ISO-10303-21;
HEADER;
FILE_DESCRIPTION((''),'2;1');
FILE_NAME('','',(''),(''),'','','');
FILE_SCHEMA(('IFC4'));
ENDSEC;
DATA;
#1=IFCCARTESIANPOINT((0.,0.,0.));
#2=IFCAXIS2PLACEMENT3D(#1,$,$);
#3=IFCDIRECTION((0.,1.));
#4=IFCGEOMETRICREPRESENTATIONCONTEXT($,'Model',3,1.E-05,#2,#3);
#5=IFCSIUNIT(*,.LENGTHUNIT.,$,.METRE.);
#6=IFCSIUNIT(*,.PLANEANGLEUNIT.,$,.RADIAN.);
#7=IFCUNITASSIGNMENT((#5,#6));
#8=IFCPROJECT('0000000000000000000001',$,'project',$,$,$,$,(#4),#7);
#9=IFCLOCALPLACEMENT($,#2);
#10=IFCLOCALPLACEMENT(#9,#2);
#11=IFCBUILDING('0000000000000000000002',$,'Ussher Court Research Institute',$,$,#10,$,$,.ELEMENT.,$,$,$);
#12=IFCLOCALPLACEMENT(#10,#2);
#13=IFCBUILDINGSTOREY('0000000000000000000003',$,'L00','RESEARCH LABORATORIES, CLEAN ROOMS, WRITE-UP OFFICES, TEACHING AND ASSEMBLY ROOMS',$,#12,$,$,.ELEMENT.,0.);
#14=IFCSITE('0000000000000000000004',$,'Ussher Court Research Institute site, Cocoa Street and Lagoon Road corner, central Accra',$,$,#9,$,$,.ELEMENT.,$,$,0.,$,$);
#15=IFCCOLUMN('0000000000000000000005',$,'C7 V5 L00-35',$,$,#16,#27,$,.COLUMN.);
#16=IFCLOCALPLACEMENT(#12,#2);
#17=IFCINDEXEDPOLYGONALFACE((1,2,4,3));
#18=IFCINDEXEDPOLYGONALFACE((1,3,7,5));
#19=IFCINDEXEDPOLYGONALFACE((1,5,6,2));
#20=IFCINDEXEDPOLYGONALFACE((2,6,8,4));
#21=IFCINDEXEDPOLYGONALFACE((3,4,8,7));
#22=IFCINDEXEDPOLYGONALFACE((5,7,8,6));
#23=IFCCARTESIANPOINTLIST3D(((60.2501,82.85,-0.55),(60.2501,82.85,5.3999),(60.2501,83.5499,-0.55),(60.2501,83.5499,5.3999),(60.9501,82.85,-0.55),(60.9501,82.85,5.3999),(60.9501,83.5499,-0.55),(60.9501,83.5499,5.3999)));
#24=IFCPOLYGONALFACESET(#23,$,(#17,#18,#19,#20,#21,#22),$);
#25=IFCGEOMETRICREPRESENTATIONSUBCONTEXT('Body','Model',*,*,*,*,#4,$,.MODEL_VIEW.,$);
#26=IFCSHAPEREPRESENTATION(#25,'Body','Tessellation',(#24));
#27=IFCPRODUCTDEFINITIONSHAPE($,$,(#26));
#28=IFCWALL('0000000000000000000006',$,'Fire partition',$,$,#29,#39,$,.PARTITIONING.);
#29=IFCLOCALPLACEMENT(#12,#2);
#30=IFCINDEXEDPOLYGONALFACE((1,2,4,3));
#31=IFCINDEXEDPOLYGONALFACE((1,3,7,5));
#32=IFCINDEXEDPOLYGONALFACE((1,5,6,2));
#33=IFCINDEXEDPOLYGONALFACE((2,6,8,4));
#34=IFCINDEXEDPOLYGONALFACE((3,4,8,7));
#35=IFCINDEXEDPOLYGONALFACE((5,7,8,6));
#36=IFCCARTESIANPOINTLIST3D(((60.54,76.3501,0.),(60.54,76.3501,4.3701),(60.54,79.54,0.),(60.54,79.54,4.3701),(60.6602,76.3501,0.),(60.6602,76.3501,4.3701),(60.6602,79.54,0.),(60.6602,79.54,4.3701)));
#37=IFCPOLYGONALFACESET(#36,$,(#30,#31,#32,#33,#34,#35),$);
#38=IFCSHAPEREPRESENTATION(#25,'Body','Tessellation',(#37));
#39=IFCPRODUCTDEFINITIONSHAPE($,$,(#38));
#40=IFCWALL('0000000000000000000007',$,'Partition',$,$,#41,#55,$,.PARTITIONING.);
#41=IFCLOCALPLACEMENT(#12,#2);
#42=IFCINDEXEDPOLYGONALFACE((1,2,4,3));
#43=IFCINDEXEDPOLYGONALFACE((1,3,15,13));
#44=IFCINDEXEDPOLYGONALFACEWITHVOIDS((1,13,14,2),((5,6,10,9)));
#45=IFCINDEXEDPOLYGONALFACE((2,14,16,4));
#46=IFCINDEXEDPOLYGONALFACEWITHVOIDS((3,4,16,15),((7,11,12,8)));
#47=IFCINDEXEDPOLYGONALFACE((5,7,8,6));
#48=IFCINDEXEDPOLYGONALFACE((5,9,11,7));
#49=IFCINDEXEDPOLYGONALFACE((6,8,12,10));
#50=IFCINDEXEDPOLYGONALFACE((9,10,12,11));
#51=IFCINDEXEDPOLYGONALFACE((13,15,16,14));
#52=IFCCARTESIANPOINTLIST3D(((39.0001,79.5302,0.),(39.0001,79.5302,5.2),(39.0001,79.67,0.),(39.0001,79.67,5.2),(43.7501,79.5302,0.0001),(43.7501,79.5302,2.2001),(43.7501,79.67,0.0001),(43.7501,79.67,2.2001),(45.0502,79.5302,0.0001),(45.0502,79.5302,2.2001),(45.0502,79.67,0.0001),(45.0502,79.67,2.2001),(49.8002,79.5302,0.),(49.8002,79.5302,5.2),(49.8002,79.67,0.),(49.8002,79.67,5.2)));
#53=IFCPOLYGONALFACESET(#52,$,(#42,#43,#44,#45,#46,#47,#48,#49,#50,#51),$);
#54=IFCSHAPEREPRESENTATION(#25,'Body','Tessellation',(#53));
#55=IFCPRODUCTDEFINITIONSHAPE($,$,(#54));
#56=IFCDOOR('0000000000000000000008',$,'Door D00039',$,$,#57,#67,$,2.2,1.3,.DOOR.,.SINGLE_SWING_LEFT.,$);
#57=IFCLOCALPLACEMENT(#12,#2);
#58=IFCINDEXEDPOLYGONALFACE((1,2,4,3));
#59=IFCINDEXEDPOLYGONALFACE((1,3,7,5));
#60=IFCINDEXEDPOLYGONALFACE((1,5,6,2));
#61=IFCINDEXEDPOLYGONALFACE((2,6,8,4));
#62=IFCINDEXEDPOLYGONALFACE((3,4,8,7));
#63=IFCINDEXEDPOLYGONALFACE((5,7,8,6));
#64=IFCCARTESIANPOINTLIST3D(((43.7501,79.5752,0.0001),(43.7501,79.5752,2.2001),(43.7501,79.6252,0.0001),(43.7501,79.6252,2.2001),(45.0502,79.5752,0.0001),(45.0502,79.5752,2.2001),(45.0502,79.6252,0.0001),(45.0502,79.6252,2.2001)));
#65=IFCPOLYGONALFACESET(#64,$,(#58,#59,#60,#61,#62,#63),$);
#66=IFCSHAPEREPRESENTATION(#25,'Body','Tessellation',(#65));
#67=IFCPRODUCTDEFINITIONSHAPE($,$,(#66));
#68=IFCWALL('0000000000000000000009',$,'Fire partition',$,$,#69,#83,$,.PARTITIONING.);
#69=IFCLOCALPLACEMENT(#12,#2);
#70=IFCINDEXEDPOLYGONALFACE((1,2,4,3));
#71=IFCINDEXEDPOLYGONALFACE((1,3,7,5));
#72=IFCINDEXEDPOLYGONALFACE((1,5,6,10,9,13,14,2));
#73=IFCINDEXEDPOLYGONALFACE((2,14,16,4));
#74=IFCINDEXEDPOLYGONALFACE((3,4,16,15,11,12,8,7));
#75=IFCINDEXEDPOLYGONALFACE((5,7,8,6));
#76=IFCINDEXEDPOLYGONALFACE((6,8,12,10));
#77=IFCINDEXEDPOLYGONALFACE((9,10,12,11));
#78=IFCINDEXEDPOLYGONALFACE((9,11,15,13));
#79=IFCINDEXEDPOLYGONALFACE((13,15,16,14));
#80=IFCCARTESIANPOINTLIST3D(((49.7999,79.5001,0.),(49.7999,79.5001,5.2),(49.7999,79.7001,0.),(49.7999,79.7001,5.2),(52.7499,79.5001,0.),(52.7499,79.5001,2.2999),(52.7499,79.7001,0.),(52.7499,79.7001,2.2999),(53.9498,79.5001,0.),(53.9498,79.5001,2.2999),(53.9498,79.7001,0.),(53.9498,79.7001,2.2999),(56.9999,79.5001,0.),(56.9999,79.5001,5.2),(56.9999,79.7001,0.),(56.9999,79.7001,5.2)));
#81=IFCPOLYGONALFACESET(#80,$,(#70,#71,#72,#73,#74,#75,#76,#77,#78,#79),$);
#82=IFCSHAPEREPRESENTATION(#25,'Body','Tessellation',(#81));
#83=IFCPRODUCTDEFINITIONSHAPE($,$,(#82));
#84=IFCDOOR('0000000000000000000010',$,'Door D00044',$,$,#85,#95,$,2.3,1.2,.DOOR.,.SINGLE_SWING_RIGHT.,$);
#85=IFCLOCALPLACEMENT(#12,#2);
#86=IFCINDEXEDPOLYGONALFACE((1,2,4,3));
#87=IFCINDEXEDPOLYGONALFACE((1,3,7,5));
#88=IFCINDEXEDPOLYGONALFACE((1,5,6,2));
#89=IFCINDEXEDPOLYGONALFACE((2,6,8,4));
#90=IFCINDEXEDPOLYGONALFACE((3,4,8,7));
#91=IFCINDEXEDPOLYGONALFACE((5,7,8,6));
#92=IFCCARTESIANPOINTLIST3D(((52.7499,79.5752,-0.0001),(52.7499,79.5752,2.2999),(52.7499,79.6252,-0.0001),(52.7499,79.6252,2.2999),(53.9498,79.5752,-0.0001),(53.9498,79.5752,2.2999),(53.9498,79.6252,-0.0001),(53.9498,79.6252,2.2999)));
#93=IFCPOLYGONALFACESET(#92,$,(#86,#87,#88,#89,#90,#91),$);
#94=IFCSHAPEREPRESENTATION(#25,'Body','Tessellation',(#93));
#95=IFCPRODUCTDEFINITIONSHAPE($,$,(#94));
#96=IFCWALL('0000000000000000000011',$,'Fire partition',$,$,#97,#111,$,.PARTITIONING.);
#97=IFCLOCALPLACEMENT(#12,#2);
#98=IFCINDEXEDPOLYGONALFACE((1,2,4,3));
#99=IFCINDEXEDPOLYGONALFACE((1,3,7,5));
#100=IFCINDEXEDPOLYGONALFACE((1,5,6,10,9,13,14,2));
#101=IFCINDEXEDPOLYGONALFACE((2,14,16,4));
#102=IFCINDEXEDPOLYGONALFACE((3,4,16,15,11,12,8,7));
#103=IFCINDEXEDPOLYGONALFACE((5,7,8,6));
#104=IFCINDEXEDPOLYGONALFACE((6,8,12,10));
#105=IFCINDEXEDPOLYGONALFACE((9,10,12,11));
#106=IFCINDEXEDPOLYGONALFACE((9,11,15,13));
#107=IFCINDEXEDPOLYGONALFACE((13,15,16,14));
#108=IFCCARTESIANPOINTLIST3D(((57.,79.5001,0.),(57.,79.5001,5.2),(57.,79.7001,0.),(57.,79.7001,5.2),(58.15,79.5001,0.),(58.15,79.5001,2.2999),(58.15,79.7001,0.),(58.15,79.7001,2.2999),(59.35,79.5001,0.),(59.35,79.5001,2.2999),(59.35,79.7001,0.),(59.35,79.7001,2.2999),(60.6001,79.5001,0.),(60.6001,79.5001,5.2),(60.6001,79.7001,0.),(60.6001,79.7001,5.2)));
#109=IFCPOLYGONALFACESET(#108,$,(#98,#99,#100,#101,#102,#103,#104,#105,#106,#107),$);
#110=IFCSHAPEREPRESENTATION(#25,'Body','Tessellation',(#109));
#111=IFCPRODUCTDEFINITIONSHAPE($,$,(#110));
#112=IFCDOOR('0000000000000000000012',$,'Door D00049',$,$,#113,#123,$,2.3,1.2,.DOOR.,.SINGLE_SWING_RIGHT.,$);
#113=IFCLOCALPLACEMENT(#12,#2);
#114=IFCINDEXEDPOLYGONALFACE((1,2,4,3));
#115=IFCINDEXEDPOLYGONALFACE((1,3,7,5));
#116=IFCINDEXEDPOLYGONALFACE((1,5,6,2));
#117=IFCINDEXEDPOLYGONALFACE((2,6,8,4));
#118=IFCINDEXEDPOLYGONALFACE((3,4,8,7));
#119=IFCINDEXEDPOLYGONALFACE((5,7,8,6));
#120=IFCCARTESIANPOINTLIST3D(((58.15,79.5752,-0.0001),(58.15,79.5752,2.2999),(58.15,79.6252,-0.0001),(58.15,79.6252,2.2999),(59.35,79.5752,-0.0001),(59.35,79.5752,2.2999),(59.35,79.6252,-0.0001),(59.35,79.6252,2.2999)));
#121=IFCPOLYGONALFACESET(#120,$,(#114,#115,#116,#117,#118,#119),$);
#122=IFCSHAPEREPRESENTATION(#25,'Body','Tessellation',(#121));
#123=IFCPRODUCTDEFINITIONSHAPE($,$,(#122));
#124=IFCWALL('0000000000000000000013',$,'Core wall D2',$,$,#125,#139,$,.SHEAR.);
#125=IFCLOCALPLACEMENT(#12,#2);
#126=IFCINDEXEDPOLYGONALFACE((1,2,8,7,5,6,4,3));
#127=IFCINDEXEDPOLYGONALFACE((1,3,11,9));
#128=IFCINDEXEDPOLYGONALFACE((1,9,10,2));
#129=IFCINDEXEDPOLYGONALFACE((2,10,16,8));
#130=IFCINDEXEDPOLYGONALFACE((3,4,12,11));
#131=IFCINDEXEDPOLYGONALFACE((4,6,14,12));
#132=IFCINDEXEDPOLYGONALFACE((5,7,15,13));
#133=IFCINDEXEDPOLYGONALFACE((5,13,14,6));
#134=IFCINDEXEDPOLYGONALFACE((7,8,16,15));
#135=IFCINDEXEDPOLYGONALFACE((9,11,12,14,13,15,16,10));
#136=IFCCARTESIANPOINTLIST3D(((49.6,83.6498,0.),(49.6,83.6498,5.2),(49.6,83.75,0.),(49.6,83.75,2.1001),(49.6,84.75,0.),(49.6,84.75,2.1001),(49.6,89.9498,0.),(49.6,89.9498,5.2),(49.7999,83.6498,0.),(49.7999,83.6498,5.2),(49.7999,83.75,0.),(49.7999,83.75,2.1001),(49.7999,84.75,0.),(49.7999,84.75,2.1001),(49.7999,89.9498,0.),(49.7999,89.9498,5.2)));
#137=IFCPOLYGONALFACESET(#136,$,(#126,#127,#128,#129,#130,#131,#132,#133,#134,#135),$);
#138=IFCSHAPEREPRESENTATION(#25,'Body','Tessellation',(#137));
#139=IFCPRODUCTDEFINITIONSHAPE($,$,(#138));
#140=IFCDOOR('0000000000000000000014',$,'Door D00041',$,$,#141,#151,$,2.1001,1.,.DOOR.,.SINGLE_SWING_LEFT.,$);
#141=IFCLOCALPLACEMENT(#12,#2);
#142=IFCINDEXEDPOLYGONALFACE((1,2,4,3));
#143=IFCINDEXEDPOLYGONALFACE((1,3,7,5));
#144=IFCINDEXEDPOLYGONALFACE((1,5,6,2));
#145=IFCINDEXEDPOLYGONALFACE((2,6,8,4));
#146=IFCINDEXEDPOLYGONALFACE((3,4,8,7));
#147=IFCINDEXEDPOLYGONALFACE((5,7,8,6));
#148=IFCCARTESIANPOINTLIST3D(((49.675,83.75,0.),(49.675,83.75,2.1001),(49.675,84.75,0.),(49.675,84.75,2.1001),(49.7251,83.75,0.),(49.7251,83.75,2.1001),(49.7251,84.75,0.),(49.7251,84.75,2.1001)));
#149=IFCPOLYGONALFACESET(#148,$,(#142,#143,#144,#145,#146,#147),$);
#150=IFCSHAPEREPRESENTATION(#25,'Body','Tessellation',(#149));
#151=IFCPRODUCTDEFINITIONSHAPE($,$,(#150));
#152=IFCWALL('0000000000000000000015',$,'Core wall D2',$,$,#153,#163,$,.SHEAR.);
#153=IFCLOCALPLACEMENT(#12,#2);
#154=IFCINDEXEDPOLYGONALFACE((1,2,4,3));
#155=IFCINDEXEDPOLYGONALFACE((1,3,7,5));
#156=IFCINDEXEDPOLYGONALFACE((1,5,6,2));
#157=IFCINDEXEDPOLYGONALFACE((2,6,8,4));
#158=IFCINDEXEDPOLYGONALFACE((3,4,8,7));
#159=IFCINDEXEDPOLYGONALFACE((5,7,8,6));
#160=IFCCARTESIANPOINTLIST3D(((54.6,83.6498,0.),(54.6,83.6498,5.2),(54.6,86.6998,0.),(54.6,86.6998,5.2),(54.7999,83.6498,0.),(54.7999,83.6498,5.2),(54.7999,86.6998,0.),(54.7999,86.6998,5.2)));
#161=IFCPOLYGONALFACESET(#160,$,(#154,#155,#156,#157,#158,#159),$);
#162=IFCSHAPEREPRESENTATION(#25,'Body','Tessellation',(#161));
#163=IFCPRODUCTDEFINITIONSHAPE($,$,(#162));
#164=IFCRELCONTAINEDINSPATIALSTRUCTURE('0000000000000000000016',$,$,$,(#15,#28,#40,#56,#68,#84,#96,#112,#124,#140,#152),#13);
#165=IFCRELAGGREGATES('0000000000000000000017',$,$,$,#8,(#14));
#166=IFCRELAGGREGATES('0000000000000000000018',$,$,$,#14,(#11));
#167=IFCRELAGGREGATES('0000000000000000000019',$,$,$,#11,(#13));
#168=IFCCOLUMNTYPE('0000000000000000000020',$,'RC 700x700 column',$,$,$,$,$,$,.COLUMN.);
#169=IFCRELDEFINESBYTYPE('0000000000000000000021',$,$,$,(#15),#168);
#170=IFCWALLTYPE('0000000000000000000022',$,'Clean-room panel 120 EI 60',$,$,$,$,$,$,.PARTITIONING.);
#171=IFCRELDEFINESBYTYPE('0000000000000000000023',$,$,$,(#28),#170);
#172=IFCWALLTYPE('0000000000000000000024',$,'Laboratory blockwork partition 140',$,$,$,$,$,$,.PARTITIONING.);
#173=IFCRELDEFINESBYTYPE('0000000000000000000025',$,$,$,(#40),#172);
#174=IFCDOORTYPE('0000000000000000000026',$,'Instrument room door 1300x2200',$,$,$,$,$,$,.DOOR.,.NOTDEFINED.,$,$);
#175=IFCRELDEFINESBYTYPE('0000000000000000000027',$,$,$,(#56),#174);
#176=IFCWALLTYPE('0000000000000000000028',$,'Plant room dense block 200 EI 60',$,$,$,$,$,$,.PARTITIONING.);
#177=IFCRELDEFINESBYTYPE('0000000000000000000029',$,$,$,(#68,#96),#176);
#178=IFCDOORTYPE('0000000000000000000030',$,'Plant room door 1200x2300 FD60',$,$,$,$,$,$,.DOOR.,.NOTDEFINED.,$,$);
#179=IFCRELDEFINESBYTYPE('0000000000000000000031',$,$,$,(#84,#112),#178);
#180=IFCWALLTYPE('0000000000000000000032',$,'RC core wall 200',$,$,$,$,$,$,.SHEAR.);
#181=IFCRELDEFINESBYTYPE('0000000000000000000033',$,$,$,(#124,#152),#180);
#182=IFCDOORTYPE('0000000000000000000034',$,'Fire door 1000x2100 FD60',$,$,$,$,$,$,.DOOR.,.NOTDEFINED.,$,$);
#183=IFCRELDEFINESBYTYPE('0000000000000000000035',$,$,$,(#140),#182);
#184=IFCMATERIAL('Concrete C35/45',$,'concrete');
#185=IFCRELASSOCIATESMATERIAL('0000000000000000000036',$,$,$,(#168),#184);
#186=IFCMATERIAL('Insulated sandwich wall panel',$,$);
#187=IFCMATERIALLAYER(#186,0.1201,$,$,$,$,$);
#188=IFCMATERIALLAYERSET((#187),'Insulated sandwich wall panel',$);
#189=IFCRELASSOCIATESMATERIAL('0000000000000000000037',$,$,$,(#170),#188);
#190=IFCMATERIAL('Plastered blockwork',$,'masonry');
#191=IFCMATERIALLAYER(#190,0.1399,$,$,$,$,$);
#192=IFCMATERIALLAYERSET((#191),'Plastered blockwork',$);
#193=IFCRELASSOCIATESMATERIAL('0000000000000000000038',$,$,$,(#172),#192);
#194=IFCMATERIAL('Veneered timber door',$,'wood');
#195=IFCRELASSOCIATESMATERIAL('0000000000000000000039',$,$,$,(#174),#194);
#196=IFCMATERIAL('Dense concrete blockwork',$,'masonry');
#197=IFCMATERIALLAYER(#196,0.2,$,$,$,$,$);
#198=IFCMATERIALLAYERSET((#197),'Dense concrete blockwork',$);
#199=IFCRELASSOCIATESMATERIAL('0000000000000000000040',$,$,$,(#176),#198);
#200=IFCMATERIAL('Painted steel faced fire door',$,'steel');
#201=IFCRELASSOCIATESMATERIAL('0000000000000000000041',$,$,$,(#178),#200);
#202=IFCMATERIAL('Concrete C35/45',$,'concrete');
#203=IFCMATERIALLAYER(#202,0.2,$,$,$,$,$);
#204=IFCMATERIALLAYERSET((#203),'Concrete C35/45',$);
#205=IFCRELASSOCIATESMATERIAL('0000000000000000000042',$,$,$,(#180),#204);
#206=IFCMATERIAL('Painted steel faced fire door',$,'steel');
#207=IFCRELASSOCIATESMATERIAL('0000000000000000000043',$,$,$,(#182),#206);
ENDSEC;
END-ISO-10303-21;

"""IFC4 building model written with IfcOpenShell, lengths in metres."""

from ifc_helpers import new_model, si_unit, direction, frame, frame_2d, origin, origin_2d, place, context, subcontext, project, spatial, rectangle, extrude, material, layer, layer_set, material_profile, profile_set, type_object, element, fill, save


model = new_model("IFC4")

# Units and contexts
model_context = context("Model", 3, precision=1e-05, world=origin(), true_north=direction((0.0, 1.0)))
body_context = subcontext(model_context, "Body", "Model", "MODEL_VIEW")
ifc_project = project(units=[si_unit("LENGTHUNIT", "METRE"), si_unit("PLANEANGLEUNIT", "RADIAN")], contexts=[model_context])

# Site, building, storey
site_placement = place(None, origin())
site = spatial("IfcSite", under=ifc_project, at=site_placement, Name="Ussher Court Research Institute site, Cocoa Street and Lagoon Road corner, central Accra", CompositionType="ELEMENT", RefElevation=0.0)
building_placement = place(site_placement, origin())
building = spatial("IfcBuilding", under=site, at=building_placement, Name="Ussher Court Research Institute", CompositionType="ELEMENT")
storey_placement = place(building_placement, origin())
storey = spatial("IfcBuildingStorey", under=building, at=storey_placement, Name="L00", Description="RESEARCH LABORATORIES, CLEAN ROOMS, WRITE-UP OFFICES, TEACHING AND ASSEMBLY ROOMS", CompositionType="ELEMENT", Elevation=0.0)

# Column
ifc_material_1 = material(Name="Concrete C35/45", Category="concrete")
ifc_material_profile_1 = material_profile(ifc_material_1, rectangle(XDim=0.7, YDim=0.7, at=origin_2d()), Name="RC 700x700")
ifc_profile_set_1 = profile_set([ifc_material_profile_1], Name="Concrete C35/45")
column_type = type_object("IfcColumnType", Name="RC 700x700 column", PredefinedType="COLUMN", material=ifc_profile_set_1)
for number, where, z_axis, x_axis, name in (
    (1, (60.6001, 83.2, -0.55), (0.0, 0.0, 1.0), (1.0, 0.0, 0.0), "C7 V5 L00-35"),
):
    element("IfcColumn", number, at=place(storey_placement, frame(where, z_axis=z_axis, x_axis=x_axis)), inside=storey, type_object=column_type, Name=name, PredefinedType="COLUMN", context=body_context, shape_type="SweptSolid", body=[
        extrude(rectangle(XDim=0.7, YDim=0.7, at=origin_2d()), origin(), (0.0, 0.0, 1.0), 5.95),
    ])

# Wall
ifc_material_2 = material(Name="Insulated sandwich wall panel")
ifc_layer_1 = layer(ifc_material_2, 0.1201)
ifc_layer_set_1 = layer_set([ifc_layer_1], Name="Insulated sandwich wall panel")
wall_type_1 = type_object("IfcWallType", Name="Clean-room panel 120 EI 60", PredefinedType="PARTITIONING", material=ifc_layer_set_1)
wall_1_placement = place(storey_placement, frame((60.6001, 76.3501, 0.0), z_axis=(0.0, 0.0, 1.0), x_axis=(0.0, 1.0, 0.0)))
element("IfcWall", 2, at=wall_1_placement, inside=storey, type_object=wall_type_1, Name="Fire partition", PredefinedType="PARTITIONING", context=body_context, shape_type="SweptSolid", body=[
    extrude(rectangle(XDim=3.1899, YDim=0.1201, at=frame_2d((1.595, 0.0))), origin(), (0.0, 0.0, 1.0), 4.3701),
])

# Walls, openings, doors
ifc_material_3 = material(Name="Plastered blockwork", Category="masonry")
ifc_layer_2 = layer(ifc_material_3, 0.1399)
ifc_layer_set_2 = layer_set([ifc_layer_2], Name="Plastered blockwork")
wall_type_2 = type_object("IfcWallType", Name="Laboratory blockwork partition 140", PredefinedType="PARTITIONING", material=ifc_layer_set_2)
wall_2_placement = place(storey_placement, frame((49.8, 79.6001, 0.0), z_axis=(0.0, 0.0, 1.0), x_axis=(-1.0, 0.0, 0.0)))
wall_2 = element("IfcWall", 3, at=wall_2_placement, inside=storey, type_object=wall_type_2, Name="Partition", PredefinedType="PARTITIONING", context=body_context, shape_type="SweptSolid", body=[
    extrude(rectangle(XDim=10.8, YDim=0.1399, at=frame_2d((5.3999, 0.0))), origin(), (0.0, 0.0, 1.0), 5.2),
])
opening_1_placement = place(wall_2_placement, frame((4.75, 0.0, 0.0)))
opening_1 = element("IfcOpeningElement", 4, at=opening_1_placement, cuts=wall_2, PredefinedType="OPENING", context=body_context, shape_type="SweptSolid", body=[
    extrude(rectangle(XDim=1.3, YDim=2.2, at=frame_2d((0.6499, 1.1001))), frame((0.0, 0.0801, 0.0), z_axis=(0.0, -1.0, 0.0), x_axis=(1.0, 0.0, 0.0)), (0.0, 0.0, 1.0), 0.1599),
])
ifc_material_4 = material(Name="Veneered timber door", Category="wood")
door_type_1 = type_object("IfcDoorType", Name="Instrument room door 1300x2200", OperationType="NOTDEFINED", PredefinedType="DOOR", material=ifc_material_4)
door_1_placement = place(opening_1_placement, origin())
door_1 = element("IfcDoor", 5, at=door_1_placement, inside=storey, type_object=door_type_1, Name="Door D00039", OperationType="SINGLE_SWING_LEFT", OverallHeight=2.2, OverallWidth=1.3, PredefinedType="DOOR", context=body_context, shape_type="SweptSolid", body=[
    extrude(rectangle(XDim=1.3, YDim=2.2, at=frame_2d((0.6499, 1.1001))), frame((0.0, 0.0249, 0.0), z_axis=(0.0, -1.0, 0.0), x_axis=(1.0, 0.0, 0.0)), (0.0, 0.0, 1.0), 0.05),
])
fill(opening_1, door_1)
ifc_material_5 = material(Name="Dense concrete blockwork", Category="masonry")
ifc_layer_3 = layer(ifc_material_5, 0.2)
ifc_layer_set_3 = layer_set([ifc_layer_3], Name="Dense concrete blockwork")
wall_type_3 = type_object("IfcWallType", Name="Plant room dense block 200 EI 60", PredefinedType="PARTITIONING", material=ifc_layer_set_3)
wall_3_placement = place(storey_placement, frame((57.0, 79.6001, 0.0), z_axis=(0.0, 0.0, 1.0), x_axis=(-1.0, 0.0, 0.0)))
wall_3 = element("IfcWall", 6, at=wall_3_placement, inside=storey, type_object=wall_type_3, Name="Fire partition", PredefinedType="PARTITIONING", context=body_context, shape_type="SweptSolid", body=[
    extrude(rectangle(XDim=7.2, YDim=0.2, at=frame_2d((3.6001, 0.0))), origin(), (0.0, 0.0, 1.0), 5.2),
])
opening_2_placement = place(wall_3_placement, frame((3.05, 0.0, 0.0)))
opening_2 = element("IfcOpeningElement", 7, at=opening_2_placement, cuts=wall_3, PredefinedType="OPENING", context=body_context, shape_type="SweptSolid", body=[
    extrude(rectangle(XDim=1.2, YDim=2.3, at=frame_2d((0.6001, 1.1499))), frame((0.0, 0.1099, 0.0), z_axis=(0.0, -1.0, 0.0), x_axis=(1.0, 0.0, 0.0)), (0.0, 0.0, 1.0), 0.22),
])
ifc_material_6 = material(Name="Painted steel faced fire door", Category="steel")
door_type_2 = type_object("IfcDoorType", Name="Plant room door 1200x2300 FD60", OperationType="NOTDEFINED", PredefinedType="DOOR", material=ifc_material_6)
door_2_placement = place(opening_2_placement, origin())
door_2 = element("IfcDoor", 8, at=door_2_placement, inside=storey, type_object=door_type_2, Name="Door D00044", OperationType="SINGLE_SWING_RIGHT", OverallHeight=2.3, OverallWidth=1.2, PredefinedType="DOOR", context=body_context, shape_type="SweptSolid", body=[
    extrude(rectangle(XDim=1.2, YDim=2.3, at=frame_2d((0.6001, 1.1499))), frame((0.0, 0.0249, 0.0), z_axis=(0.0, -1.0, 0.0), x_axis=(1.0, 0.0, 0.0)), (0.0, 0.0, 1.0), 0.05),
])
fill(opening_2, door_2)
wall_4_placement = place(storey_placement, frame((60.6001, 79.6001, 0.0), z_axis=(0.0, 0.0, 1.0), x_axis=(-1.0, 0.0, 0.0)))
wall_4 = element("IfcWall", 9, at=wall_4_placement, inside=storey, type_object=wall_type_3, Name="Fire partition", PredefinedType="PARTITIONING", context=body_context, shape_type="SweptSolid", body=[
    extrude(rectangle(XDim=3.6001, YDim=0.2, at=frame_2d((1.8, 0.0))), origin(), (0.0, 0.0, 1.0), 5.2),
])
opening_3_placement = place(wall_4_placement, frame((1.25, 0.0, 0.0)))
opening_3 = element("IfcOpeningElement", 10, at=opening_3_placement, cuts=wall_4, PredefinedType="OPENING", context=body_context, shape_type="SweptSolid", body=[
    extrude(rectangle(XDim=1.2, YDim=2.3, at=frame_2d((0.6001, 1.1499))), frame((0.0, 0.1099, 0.0), z_axis=(0.0, -1.0, 0.0), x_axis=(1.0, 0.0, 0.0)), (0.0, 0.0, 1.0), 0.22),
])
door_3_placement = place(opening_3_placement, origin())
door_3 = element("IfcDoor", 11, at=door_3_placement, inside=storey, type_object=door_type_2, Name="Door D00049", OperationType="SINGLE_SWING_RIGHT", OverallHeight=2.3, OverallWidth=1.2, PredefinedType="DOOR", context=body_context, shape_type="SweptSolid", body=[
    extrude(rectangle(XDim=1.2, YDim=2.3, at=frame_2d((0.6001, 1.1499))), frame((0.0, 0.0249, 0.0), z_axis=(0.0, -1.0, 0.0), x_axis=(1.0, 0.0, 0.0)), (0.0, 0.0, 1.0), 0.05),
])
fill(opening_3, door_3)
ifc_material_7 = material(Name="Concrete C35/45", Category="concrete")
ifc_layer_4 = layer(ifc_material_7, 0.2)
ifc_layer_set_4 = layer_set([ifc_layer_4], Name="Concrete C35/45")
wall_type_4 = type_object("IfcWallType", Name="RC core wall 200", PredefinedType="SHEAR", material=ifc_layer_set_4)
wall_5_placement = place(storey_placement, frame((49.7, 83.6499, 0.0), z_axis=(0.0, 0.0, 1.0), x_axis=(0.0, 1.0, 0.0)))
wall_5 = element("IfcWall", 12, at=wall_5_placement, inside=storey, type_object=wall_type_4, Name="Core wall D2", PredefinedType="SHEAR", context=body_context, shape_type="SweptSolid", body=[
    extrude(rectangle(XDim=6.3, YDim=0.2, at=frame_2d((3.1499, 0.0))), origin(), (0.0, 0.0, 1.0), 5.2),
])
opening_4_placement = place(wall_5_placement, frame((0.1001, 0.0, 0.0)))
opening_4 = element("IfcOpeningElement", 13, at=opening_4_placement, cuts=wall_5, PredefinedType="OPENING", context=body_context, shape_type="SweptSolid", body=[
    extrude(rectangle(XDim=1.0, YDim=2.1001, at=frame_2d((0.5, 1.05))), frame((0.0, 0.1099, 0.0), z_axis=(0.0, -1.0, 0.0), x_axis=(1.0, 0.0, 0.0)), (0.0, 0.0, 1.0), 0.22),
])
ifc_material_8 = material(Name="Painted steel faced fire door", Category="steel")
door_type_3 = type_object("IfcDoorType", Name="Fire door 1000x2100 FD60", OperationType="NOTDEFINED", PredefinedType="DOOR", material=ifc_material_8)
door_4_placement = place(opening_4_placement, origin())
door_4 = element("IfcDoor", 14, at=door_4_placement, inside=storey, type_object=door_type_3, Name="Door D00041", OperationType="SINGLE_SWING_LEFT", OverallHeight=2.1001, OverallWidth=1.0, PredefinedType="DOOR", context=body_context, shape_type="SweptSolid", body=[
    extrude(rectangle(XDim=1.0, YDim=2.1001, at=frame_2d((0.5, 1.05))), frame((0.0, 0.0249, 0.0), z_axis=(0.0, -1.0, 0.0), x_axis=(1.0, 0.0, 0.0)), (0.0, 0.0, 1.0), 0.05),
])
fill(opening_4, door_4)

# Wall
wall_6_placement = place(storey_placement, frame((54.7, 83.6499, 0.0), z_axis=(0.0, 0.0, 1.0), x_axis=(0.0, 1.0, 0.0)))
element("IfcWall", 15, at=wall_6_placement, inside=storey, type_object=wall_type_4, Name="Core wall D2", PredefinedType="SHEAR", context=body_context, shape_type="SweptSolid", body=[
    extrude(rectangle(XDim=3.05, YDim=0.2, at=frame_2d((1.5249, 0.0))), origin(), (0.0, 0.0, 1.0), 5.2),
])

save(model, "model.ifc")
